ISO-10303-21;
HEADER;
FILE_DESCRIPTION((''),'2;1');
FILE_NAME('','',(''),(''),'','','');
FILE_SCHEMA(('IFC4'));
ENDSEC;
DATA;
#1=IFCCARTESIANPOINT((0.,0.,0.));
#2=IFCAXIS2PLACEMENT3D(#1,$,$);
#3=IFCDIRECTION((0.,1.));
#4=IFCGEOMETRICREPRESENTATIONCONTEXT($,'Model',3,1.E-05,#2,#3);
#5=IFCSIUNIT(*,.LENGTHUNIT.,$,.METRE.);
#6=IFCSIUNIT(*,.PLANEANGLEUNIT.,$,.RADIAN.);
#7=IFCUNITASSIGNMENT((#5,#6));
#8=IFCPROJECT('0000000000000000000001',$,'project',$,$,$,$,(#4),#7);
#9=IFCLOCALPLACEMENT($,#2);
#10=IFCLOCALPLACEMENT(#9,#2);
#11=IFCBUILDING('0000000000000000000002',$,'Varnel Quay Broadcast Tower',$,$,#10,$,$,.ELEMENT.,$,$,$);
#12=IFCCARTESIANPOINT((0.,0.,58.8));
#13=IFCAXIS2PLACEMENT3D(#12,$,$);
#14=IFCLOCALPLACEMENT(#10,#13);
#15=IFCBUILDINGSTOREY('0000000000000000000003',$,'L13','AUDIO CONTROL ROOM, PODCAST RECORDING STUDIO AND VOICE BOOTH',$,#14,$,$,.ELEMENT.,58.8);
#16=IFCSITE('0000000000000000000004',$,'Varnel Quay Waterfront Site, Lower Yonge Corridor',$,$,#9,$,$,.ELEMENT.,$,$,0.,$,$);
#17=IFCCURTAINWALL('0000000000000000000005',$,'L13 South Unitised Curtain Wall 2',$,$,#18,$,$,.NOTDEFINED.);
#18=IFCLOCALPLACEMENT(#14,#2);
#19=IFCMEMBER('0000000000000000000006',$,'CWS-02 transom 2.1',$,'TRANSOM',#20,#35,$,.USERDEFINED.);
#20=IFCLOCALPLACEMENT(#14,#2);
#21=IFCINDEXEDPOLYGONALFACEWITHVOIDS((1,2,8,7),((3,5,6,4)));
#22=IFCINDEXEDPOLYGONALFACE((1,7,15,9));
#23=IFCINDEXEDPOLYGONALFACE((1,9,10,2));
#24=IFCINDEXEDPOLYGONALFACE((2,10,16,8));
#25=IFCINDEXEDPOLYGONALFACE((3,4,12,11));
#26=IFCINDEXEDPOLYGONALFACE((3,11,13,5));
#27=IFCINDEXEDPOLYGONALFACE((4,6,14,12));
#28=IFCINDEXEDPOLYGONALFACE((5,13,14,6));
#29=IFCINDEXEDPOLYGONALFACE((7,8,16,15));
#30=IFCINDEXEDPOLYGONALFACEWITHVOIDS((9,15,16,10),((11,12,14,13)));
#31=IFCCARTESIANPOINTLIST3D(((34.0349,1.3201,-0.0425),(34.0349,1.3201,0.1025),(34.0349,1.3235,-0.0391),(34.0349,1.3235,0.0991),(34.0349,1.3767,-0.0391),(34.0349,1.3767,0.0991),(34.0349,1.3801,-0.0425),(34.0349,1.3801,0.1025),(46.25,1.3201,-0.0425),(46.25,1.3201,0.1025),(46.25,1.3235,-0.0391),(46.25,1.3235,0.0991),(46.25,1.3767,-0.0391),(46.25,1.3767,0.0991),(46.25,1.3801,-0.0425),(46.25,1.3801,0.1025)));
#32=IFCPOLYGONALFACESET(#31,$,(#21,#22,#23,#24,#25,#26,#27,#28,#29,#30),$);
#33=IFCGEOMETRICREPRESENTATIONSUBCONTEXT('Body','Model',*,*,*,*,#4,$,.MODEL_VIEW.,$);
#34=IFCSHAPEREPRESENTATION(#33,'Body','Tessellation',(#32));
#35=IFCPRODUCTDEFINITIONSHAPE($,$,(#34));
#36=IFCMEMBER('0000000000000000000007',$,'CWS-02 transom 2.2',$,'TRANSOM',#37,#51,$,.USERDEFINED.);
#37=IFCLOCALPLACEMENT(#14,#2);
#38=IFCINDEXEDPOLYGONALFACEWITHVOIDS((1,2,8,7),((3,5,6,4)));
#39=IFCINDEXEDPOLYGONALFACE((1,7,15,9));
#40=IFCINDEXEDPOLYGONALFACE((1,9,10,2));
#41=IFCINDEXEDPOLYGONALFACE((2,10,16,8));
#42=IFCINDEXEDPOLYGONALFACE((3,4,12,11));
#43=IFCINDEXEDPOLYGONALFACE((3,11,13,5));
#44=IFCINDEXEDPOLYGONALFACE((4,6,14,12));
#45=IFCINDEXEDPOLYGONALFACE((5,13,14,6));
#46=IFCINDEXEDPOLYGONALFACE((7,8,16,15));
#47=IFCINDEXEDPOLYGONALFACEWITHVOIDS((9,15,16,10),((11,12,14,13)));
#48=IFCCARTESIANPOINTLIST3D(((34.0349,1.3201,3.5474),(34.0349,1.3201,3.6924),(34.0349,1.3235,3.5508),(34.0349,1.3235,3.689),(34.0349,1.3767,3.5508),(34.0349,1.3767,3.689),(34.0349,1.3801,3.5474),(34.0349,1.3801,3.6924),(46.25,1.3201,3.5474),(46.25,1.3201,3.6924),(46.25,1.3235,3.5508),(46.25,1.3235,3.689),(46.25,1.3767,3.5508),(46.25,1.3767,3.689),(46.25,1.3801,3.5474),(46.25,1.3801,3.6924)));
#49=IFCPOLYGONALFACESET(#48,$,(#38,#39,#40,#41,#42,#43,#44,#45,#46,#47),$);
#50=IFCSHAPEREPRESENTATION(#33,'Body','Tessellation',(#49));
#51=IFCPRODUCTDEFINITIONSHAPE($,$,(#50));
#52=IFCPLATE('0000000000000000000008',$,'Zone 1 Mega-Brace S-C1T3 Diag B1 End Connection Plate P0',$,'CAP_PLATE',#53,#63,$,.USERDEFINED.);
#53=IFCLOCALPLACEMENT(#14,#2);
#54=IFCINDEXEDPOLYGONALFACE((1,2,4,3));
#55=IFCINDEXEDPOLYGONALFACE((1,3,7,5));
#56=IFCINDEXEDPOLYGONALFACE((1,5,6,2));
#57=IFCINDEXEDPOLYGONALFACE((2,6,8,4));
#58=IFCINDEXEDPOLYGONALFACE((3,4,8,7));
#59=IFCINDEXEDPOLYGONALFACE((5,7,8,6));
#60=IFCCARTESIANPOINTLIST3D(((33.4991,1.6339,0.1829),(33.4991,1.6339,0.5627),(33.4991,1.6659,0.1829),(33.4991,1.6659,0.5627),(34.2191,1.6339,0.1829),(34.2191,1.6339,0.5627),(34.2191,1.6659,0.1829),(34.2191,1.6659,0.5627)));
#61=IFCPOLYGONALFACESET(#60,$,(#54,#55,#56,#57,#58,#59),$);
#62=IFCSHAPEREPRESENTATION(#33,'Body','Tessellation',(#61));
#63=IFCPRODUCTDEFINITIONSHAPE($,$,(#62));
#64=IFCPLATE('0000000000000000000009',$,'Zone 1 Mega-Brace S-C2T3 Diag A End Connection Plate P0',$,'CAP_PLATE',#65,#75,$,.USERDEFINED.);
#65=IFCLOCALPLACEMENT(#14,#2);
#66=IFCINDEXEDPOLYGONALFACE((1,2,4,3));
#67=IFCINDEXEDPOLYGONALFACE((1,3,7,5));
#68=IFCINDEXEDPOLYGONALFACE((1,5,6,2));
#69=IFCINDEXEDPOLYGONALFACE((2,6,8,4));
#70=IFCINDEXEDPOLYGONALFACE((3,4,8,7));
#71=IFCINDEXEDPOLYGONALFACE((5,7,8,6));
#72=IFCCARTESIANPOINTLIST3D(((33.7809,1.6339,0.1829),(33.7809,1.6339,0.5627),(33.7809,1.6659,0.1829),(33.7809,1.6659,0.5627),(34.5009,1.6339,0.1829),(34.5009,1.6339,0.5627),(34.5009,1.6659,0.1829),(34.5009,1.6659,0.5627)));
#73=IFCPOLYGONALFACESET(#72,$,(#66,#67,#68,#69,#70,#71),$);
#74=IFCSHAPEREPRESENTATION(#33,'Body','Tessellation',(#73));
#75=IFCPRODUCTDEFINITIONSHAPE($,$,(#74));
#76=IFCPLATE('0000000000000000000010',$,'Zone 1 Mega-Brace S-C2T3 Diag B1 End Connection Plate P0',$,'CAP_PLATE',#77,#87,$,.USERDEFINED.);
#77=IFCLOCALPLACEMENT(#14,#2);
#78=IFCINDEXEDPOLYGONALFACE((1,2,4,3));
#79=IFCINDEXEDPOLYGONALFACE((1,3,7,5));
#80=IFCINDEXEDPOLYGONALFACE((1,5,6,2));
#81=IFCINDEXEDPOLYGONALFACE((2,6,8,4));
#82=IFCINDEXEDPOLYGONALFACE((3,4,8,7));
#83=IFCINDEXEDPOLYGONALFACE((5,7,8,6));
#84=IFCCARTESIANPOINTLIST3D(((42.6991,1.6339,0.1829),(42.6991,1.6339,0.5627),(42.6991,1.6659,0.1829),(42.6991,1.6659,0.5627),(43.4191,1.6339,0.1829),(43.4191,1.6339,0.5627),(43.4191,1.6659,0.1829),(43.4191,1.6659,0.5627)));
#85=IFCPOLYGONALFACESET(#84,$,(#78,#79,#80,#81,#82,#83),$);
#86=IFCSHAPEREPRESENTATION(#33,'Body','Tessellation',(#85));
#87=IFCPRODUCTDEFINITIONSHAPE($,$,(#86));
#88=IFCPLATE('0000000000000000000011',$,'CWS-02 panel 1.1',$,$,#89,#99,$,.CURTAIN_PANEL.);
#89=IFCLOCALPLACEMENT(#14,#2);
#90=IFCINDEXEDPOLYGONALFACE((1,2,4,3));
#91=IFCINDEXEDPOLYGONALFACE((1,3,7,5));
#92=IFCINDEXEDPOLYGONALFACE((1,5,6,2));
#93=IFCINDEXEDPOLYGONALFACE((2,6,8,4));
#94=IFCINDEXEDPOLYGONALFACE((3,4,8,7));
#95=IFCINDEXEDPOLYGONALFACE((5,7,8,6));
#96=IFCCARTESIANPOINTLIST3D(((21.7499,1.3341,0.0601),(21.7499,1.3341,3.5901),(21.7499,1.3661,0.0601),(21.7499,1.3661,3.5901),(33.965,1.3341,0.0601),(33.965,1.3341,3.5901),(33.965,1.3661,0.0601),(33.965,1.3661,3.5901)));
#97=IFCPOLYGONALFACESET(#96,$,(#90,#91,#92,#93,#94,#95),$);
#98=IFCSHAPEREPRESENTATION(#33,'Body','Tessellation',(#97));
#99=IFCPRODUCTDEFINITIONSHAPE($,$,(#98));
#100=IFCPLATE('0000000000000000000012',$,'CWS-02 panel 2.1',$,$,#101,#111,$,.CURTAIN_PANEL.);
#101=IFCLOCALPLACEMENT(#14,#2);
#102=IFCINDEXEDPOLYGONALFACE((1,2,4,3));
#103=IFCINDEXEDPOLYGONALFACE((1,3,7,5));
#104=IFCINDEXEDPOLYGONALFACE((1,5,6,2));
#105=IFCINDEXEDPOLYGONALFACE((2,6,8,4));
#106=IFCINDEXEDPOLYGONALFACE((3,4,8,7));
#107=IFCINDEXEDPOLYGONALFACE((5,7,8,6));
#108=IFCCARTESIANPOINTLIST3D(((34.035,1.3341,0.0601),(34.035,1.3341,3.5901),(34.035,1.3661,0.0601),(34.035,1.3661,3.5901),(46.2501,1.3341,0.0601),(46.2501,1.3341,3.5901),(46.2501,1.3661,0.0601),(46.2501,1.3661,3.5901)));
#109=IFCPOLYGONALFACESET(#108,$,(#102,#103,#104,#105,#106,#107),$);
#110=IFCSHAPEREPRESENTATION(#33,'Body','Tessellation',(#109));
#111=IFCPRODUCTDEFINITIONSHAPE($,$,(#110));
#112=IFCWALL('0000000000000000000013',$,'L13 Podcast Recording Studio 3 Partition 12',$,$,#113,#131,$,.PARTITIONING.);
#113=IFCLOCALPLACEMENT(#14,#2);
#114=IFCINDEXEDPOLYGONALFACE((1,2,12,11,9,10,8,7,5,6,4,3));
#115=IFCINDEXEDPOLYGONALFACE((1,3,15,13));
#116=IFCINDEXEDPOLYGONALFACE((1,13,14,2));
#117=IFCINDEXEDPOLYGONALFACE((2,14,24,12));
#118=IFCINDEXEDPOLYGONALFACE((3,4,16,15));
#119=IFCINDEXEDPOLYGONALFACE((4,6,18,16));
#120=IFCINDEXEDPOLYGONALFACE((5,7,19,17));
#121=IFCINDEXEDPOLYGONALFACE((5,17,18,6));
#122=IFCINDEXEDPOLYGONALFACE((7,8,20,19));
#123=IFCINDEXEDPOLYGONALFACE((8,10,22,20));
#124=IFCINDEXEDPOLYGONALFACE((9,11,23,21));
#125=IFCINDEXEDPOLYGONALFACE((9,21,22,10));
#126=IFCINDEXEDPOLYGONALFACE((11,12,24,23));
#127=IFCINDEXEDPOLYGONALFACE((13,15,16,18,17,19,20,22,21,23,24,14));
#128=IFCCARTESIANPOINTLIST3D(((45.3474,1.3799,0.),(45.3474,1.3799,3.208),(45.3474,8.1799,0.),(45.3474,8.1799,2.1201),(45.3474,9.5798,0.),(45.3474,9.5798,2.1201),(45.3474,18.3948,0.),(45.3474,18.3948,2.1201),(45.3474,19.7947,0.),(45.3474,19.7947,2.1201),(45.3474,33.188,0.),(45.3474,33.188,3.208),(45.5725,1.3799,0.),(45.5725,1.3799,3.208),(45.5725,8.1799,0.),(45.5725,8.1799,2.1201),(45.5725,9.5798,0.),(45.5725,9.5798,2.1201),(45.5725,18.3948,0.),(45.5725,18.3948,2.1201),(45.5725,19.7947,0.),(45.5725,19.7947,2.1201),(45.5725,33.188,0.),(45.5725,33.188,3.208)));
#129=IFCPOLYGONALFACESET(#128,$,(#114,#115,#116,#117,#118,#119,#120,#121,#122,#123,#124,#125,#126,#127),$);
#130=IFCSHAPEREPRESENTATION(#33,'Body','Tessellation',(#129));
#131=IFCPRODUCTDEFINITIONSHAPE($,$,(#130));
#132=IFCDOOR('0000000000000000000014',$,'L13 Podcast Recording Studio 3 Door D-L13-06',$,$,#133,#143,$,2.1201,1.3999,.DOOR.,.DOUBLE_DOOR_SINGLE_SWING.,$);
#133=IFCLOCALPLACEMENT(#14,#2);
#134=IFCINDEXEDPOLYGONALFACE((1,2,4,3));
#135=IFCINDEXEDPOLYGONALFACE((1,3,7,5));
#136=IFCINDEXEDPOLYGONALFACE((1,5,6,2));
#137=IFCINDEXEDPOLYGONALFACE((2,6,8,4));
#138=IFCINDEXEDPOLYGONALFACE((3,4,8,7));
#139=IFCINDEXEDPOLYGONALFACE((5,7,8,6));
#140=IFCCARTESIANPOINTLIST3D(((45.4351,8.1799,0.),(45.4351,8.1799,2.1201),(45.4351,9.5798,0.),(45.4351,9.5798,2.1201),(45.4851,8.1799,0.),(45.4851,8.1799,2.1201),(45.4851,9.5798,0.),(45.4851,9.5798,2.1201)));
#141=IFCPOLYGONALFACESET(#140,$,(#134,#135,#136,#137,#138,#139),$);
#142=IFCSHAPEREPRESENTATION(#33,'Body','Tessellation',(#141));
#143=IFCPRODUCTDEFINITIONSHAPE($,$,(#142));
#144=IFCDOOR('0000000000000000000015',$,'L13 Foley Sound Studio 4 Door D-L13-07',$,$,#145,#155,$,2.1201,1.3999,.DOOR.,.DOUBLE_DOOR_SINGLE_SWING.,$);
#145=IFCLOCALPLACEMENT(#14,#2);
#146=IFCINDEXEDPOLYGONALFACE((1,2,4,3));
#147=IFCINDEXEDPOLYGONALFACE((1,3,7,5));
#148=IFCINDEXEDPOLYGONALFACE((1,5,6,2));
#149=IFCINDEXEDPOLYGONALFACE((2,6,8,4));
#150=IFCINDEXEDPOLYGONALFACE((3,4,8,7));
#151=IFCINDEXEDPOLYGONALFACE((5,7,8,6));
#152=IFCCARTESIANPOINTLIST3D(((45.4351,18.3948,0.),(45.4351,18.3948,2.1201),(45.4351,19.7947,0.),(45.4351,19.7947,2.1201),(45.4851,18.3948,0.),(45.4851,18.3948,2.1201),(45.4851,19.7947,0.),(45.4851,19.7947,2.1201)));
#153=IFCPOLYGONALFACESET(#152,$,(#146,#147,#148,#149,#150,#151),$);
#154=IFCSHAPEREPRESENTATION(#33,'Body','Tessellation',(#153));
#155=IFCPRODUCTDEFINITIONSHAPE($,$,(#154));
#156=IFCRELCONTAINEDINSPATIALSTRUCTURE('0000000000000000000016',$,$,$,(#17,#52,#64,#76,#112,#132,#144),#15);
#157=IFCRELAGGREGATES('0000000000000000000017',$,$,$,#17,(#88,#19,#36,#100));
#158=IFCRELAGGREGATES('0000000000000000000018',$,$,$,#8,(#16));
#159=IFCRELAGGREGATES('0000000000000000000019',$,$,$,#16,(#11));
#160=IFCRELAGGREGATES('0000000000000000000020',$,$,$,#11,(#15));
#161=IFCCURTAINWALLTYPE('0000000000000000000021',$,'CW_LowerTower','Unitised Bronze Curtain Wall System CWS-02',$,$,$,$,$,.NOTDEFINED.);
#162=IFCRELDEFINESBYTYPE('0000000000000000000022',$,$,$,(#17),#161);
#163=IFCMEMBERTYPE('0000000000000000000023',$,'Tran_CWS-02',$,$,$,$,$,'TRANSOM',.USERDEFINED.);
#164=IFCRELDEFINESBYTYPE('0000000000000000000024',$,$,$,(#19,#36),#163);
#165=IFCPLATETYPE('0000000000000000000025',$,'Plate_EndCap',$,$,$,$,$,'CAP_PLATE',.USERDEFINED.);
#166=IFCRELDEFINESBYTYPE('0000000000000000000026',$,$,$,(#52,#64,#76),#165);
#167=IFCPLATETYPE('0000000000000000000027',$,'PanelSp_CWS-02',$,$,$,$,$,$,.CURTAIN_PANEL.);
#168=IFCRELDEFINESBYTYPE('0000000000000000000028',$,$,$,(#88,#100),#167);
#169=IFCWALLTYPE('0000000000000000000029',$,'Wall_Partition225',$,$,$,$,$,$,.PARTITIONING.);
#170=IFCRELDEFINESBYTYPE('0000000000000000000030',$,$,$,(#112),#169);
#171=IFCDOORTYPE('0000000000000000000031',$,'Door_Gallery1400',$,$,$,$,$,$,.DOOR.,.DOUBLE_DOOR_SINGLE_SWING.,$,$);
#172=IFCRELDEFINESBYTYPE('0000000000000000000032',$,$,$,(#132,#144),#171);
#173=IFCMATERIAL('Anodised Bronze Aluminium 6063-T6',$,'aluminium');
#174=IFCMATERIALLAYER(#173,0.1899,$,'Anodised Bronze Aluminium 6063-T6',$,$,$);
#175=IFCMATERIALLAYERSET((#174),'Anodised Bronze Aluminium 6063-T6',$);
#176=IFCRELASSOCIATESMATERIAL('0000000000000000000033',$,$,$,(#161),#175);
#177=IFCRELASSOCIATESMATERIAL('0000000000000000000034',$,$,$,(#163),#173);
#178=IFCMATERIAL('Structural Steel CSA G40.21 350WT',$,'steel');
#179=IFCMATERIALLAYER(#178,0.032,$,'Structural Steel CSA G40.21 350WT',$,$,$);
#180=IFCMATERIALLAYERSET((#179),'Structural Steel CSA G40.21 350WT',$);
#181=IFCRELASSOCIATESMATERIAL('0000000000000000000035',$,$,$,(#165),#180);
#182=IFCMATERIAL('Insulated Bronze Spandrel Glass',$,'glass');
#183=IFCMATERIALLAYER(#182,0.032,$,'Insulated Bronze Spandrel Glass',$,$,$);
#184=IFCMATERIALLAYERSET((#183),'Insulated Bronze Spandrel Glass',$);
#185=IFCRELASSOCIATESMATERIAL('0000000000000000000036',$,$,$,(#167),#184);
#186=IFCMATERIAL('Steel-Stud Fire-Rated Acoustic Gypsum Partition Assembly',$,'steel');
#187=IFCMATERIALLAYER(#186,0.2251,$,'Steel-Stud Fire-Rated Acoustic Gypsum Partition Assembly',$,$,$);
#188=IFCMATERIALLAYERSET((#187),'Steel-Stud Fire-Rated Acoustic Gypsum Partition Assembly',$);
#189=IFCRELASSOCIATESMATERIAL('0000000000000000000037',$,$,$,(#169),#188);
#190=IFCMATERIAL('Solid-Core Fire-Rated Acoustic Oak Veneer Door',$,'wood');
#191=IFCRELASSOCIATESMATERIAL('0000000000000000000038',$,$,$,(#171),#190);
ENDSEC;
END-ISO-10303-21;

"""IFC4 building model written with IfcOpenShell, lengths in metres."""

from ifc_helpers import new_model, si_unit, direction, frame, frame_2d, origin, origin_2d, place, context, subcontext, project, spatial, rectangle, hollow_rectangle, extrude, source, transform, mapped, material, layer, layer_set, material_profile, profile_set, type_object, type_shapes, element, fill, aggregate, save


model = new_model("IFC4")

# Units and contexts
model_context = context("Model", 3, precision=1e-05, world=origin(), true_north=direction((0.0, 1.0)))
body_context = subcontext(model_context, "Body", "Model", "MODEL_VIEW")
ifc_project = project(units=[si_unit("LENGTHUNIT", "METRE"), si_unit("PLANEANGLEUNIT", "RADIAN")], contexts=[model_context])

# Site, building, storey
site_placement = place(None, origin())
site = spatial("IfcSite", under=ifc_project, at=site_placement, Name="Varnel Quay Waterfront Site, Lower Yonge Corridor", CompositionType="ELEMENT", RefElevation=0.0)
building_placement = place(site_placement, origin())
building = spatial("IfcBuilding", under=site, at=building_placement, Name="Varnel Quay Broadcast Tower", CompositionType="ELEMENT")
storey_placement = place(building_placement, frame((0.0, 0.0, 58.8)))
storey = spatial("IfcBuildingStorey", under=building, at=storey_placement, Name="L13", Description="AUDIO CONTROL ROOM, PODCAST RECORDING STUDIO AND VOICE BOOTH", CompositionType="ELEMENT", Elevation=58.8)

# Shared definitions
ifc_material_1 = material(Name="Structural Steel CSA G40.21 350WT", Category="steel")

# Curtain wall, members
ifc_material_2 = material(Name="Anodised Bronze Aluminium 6063-T6", Category="aluminium")
ifc_layer_1 = layer(ifc_material_2, 0.1899, Name="Anodised Bronze Aluminium 6063-T6")
ifc_layer_set_1 = layer_set([ifc_layer_1], Name="Anodised Bronze Aluminium 6063-T6")
curtain_wall_type = type_object("IfcCurtainWallType", Name="CW_LowerTower", Description="Unitised Bronze Curtain Wall System CWS-02", PredefinedType="NOTDEFINED", material=ifc_layer_set_1)
curtain_wall_placement = place(storey_placement, origin())
curtain_wall = element("IfcCurtainWall", 1, at=curtain_wall_placement, inside=storey, type_object=curtain_wall_type, Name="L13 South Unitised Curtain Wall 2", PredefinedType="NOTDEFINED")
ifc_material_profile_1 = material_profile(ifc_material_2, hollow_rectangle(XDim=0.0601, YDim=0.145, WallThickness=0.0034, at=origin_2d()), Name="ALU60X145X3.5")
ifc_profile_set_1 = profile_set([ifc_material_profile_1], Name="Anodised Bronze Aluminium 6063-T6")
member_type_1 = type_object("IfcMemberType", Name="Tran_CWS-02", ElementType="TRANSOM", PredefinedType="USERDEFINED", material=ifc_profile_set_1)
shared_shape_1 = source(origin(), body_context, "Body", "SweptSolid", [
    extrude(hollow_rectangle(XDim=0.0601, YDim=0.145, WallThickness=0.0034, at=origin_2d()), origin(), (0.0, 0.0, 1.0), 12.2151),
])
type_shapes(member_type_1, [shared_shape_1])
member_1_placement = place(storey_placement, frame((34.0349, 1.3501, 0.03), z_axis=(1.0, 0.0, 0.0), x_axis=(0.0, 1.0, 0.0)))
member_1 = element("IfcMember", 2, at=member_1_placement, type_object=member_type_1, Name="CWS-02 transom 2.1", ObjectType="TRANSOM", PredefinedType="USERDEFINED", context=body_context, shape_type="MappedRepresentation", body=[
    mapped(shared_shape_1, transform((0.0, 0.0, 0.0), x_axis=(1.0, 0.0, 0.0), y_axis=(0.0, 1.0, 0.0), z_axis=(0.0, 0.0, 1.0), scale=1.0)),
])
member_2_placement = place(storey_placement, frame((34.0349, 1.3501, 3.6199), z_axis=(1.0, 0.0, 0.0), x_axis=(0.0, 1.0, 0.0)))
member_2 = element("IfcMember", 3, at=member_2_placement, type_object=member_type_1, Name="CWS-02 transom 2.2", ObjectType="TRANSOM", PredefinedType="USERDEFINED", context=body_context, shape_type="MappedRepresentation", body=[
    mapped(shared_shape_1, transform((0.0, 0.0, 0.0), x_axis=(1.0, 0.0, 0.0), y_axis=(0.0, 1.0, 0.0), z_axis=(0.0, 0.0, 1.0), scale=1.0)),
])

# Plates
ifc_layer_2 = layer(ifc_material_1, 0.032, Name="Structural Steel CSA G40.21 350WT")
ifc_layer_set_2 = layer_set([ifc_layer_2], Name="Structural Steel CSA G40.21 350WT")
plate_type_1 = type_object("IfcPlateType", Name="Plate_EndCap", ElementType="CAP_PLATE", PredefinedType="USERDEFINED", material=ifc_layer_set_2)
shared_shape_2 = source(origin(), body_context, "Body", "SweptSolid", [
    extrude(rectangle(XDim=0.72, YDim=0.032, at=origin_2d()), origin(), (0.0, 0.0, 1.0), 0.3799),
])
type_shapes(plate_type_1, [shared_shape_2])
for number, where, z_axis, x_axis, name in (
    (4, (33.8591, 1.6499, 0.1829), (0.0, 0.0, 1.0), (1.0, 0.0, 0.0), "Zone 1 Mega-Brace S-C1T3 Diag B1 End Connection Plate P0"),
    (5, (34.1409, 1.6499, 0.1829), (0.0, 0.0, 1.0), (1.0, 0.0, 0.0), "Zone 1 Mega-Brace S-C2T3 Diag A End Connection Plate P0"),
    (6, (43.0591, 1.6499, 0.1829), (0.0, 0.0, 1.0), (1.0, 0.0, 0.0), "Zone 1 Mega-Brace S-C2T3 Diag B1 End Connection Plate P0"),
):
    element("IfcPlate", number, at=place(storey_placement, frame(where, z_axis=z_axis, x_axis=x_axis)), inside=storey, type_object=plate_type_1, Name=name, ObjectType="CAP_PLATE", PredefinedType="USERDEFINED", context=body_context, shape_type="MappedRepresentation", body=[
        mapped(shared_shape_2, transform((0.0, 0.0, 0.0), x_axis=(1.0, 0.0, 0.0), y_axis=(0.0, 1.0, 0.0), z_axis=(0.0, 0.0, 1.0), scale=1.0)),
    ])

# Plates
ifc_material_3 = material(Name="Insulated Bronze Spandrel Glass", Category="glass")
ifc_layer_3 = layer(ifc_material_3, 0.032, Name="Insulated Bronze Spandrel Glass")
ifc_layer_set_3 = layer_set([ifc_layer_3], Name="Insulated Bronze Spandrel Glass")
plate_type_2 = type_object("IfcPlateType", Name="PanelSp_CWS-02", PredefinedType="CURTAIN_PANEL", material=ifc_layer_set_3)
shared_shape_3 = source(origin(), body_context, "Body", "SweptSolid", [
    extrude(rectangle(XDim=12.2151, YDim=0.032, at=origin_2d()), origin(), (0.0, 0.0, 1.0), 3.53),
])
type_shapes(plate_type_2, [shared_shape_3])
plate_1_placement = place(storey_placement, frame((27.8574, 1.3501, 0.0601), z_axis=(0.0, 0.0, 1.0), x_axis=(1.0, 0.0, 0.0)))
plate_1 = element("IfcPlate", 7, at=plate_1_placement, type_object=plate_type_2, Name="CWS-02 panel 1.1", PredefinedType="CURTAIN_PANEL", context=body_context, shape_type="MappedRepresentation", body=[
    mapped(shared_shape_3, transform((0.0, 0.0, 0.0), x_axis=(1.0, 0.0, 0.0), y_axis=(0.0, 1.0, 0.0), z_axis=(0.0, 0.0, 1.0), scale=1.0)),
])
plate_2_placement = place(storey_placement, frame((40.1426, 1.3501, 0.0601), z_axis=(0.0, 0.0, 1.0), x_axis=(1.0, 0.0, 0.0)))
plate_2 = element("IfcPlate", 8, at=plate_2_placement, type_object=plate_type_2, Name="CWS-02 panel 2.1", PredefinedType="CURTAIN_PANEL", context=body_context, shape_type="MappedRepresentation", body=[
    mapped(shared_shape_3, transform((0.0, 0.0, 0.0), x_axis=(1.0, 0.0, 0.0), y_axis=(0.0, 1.0, 0.0), z_axis=(0.0, 0.0, 1.0), scale=1.0)),
])
aggregate(curtain_wall, [plate_1, member_1, member_2, plate_2])

# Wall, openings, doors
ifc_material_4 = material(Name="Steel-Stud Fire-Rated Acoustic Gypsum Partition Assembly", Category="steel")
ifc_layer_4 = layer(ifc_material_4, 0.2251, Name="Steel-Stud Fire-Rated Acoustic Gypsum Partition Assembly")
ifc_layer_set_4 = layer_set([ifc_layer_4], Name="Steel-Stud Fire-Rated Acoustic Gypsum Partition Assembly")
wall_type_1 = type_object("IfcWallType", Name="Wall_Partition225", PredefinedType="PARTITIONING", material=ifc_layer_set_4)
wall_1_placement = place(storey_placement, frame((45.46, 1.3799, 0.0), z_axis=(0.0, 0.0, 1.0), x_axis=(0.0, 1.0, 0.0)))
wall_1 = element("IfcWall", 9, at=wall_1_placement, inside=storey, type_object=wall_type_1, Name="L13 Podcast Recording Studio 3 Partition 12", PredefinedType="PARTITIONING", context=body_context, shape_type="SweptSolid", body=[
    extrude(rectangle(XDim=31.8081, YDim=0.2251, at=frame_2d((15.9041, 0.0))), origin(), (0.0, 0.0, 1.0), 3.208),
])
opening_1_placement = place(wall_1_placement, frame((6.8, 0.0, 0.0)))
opening_1 = element("IfcOpeningElement", 10, at=opening_1_placement, cuts=wall_1, PredefinedType="OPENING", context=body_context, shape_type="SweptSolid", body=[
    extrude(rectangle(XDim=1.3999, YDim=2.1201, at=frame_2d((0.7, 1.0601))), frame((0.0, 0.1226, 0.0), z_axis=(0.0, -1.0, 0.0), x_axis=(1.0, 0.0, 0.0)), (0.0, 0.0, 1.0), 0.2451),
])
opening_2_placement = place(wall_1_placement, frame((17.0149, 0.0, 0.0)))
opening_2 = element("IfcOpeningElement", 11, at=opening_2_placement, cuts=wall_1, PredefinedType="OPENING", context=body_context, shape_type="SweptSolid", body=[
    extrude(rectangle(XDim=1.3999, YDim=2.1201, at=frame_2d((0.7, 1.0601))), frame((0.0, 0.1226, 0.0), z_axis=(0.0, -1.0, 0.0), x_axis=(1.0, 0.0, 0.0)), (0.0, 0.0, 1.0), 0.2451),
])
ifc_material_5 = material(Name="Solid-Core Fire-Rated Acoustic Oak Veneer Door", Category="wood")
door_type_1 = type_object("IfcDoorType", Name="Door_Gallery1400", OperationType="DOUBLE_DOOR_SINGLE_SWING", PredefinedType="DOOR", material=ifc_material_5)
shared_shape_4 = source(origin(), body_context, "Body", "SweptSolid", [
    extrude(rectangle(XDim=1.3999, YDim=2.1201, at=frame_2d((0.7, 1.0601))), frame((0.0, 0.0249, 0.0), z_axis=(0.0, -1.0, 0.0), x_axis=(1.0, 0.0, 0.0)), (0.0, 0.0, 1.0), 0.05),
])
type_shapes(door_type_1, [shared_shape_4])
door_1_placement = place(opening_1_placement, origin())
door_1 = element("IfcDoor", 12, at=door_1_placement, inside=storey, type_object=door_type_1, Name="L13 Podcast Recording Studio 3 Door D-L13-06", OperationType="DOUBLE_DOOR_SINGLE_SWING", OverallHeight=2.1201, OverallWidth=1.3999, PredefinedType="DOOR", context=body_context, shape_type="MappedRepresentation", body=[
    mapped(shared_shape_4, transform((0.0, 0.0, 0.0), x_axis=(1.0, 0.0, 0.0), y_axis=(0.0, 1.0, 0.0), z_axis=(0.0, 0.0, 1.0), scale=1.0)),
])
fill(opening_1, door_1)
door_2_placement = place(opening_2_placement, origin())
door_2 = element("IfcDoor", 13, at=door_2_placement, inside=storey, type_object=door_type_1, Name="L13 Foley Sound Studio 4 Door D-L13-07", OperationType="DOUBLE_DOOR_SINGLE_SWING", OverallHeight=2.1201, OverallWidth=1.3999, PredefinedType="DOOR", context=body_context, shape_type="MappedRepresentation", body=[
    mapped(shared_shape_4, transform((0.0, 0.0, 0.0), x_axis=(1.0, 0.0, 0.0), y_axis=(0.0, 1.0, 0.0), z_axis=(0.0, 0.0, 1.0), scale=1.0)),
])
fill(opening_2, door_2)

save(model, "model.ifc")
